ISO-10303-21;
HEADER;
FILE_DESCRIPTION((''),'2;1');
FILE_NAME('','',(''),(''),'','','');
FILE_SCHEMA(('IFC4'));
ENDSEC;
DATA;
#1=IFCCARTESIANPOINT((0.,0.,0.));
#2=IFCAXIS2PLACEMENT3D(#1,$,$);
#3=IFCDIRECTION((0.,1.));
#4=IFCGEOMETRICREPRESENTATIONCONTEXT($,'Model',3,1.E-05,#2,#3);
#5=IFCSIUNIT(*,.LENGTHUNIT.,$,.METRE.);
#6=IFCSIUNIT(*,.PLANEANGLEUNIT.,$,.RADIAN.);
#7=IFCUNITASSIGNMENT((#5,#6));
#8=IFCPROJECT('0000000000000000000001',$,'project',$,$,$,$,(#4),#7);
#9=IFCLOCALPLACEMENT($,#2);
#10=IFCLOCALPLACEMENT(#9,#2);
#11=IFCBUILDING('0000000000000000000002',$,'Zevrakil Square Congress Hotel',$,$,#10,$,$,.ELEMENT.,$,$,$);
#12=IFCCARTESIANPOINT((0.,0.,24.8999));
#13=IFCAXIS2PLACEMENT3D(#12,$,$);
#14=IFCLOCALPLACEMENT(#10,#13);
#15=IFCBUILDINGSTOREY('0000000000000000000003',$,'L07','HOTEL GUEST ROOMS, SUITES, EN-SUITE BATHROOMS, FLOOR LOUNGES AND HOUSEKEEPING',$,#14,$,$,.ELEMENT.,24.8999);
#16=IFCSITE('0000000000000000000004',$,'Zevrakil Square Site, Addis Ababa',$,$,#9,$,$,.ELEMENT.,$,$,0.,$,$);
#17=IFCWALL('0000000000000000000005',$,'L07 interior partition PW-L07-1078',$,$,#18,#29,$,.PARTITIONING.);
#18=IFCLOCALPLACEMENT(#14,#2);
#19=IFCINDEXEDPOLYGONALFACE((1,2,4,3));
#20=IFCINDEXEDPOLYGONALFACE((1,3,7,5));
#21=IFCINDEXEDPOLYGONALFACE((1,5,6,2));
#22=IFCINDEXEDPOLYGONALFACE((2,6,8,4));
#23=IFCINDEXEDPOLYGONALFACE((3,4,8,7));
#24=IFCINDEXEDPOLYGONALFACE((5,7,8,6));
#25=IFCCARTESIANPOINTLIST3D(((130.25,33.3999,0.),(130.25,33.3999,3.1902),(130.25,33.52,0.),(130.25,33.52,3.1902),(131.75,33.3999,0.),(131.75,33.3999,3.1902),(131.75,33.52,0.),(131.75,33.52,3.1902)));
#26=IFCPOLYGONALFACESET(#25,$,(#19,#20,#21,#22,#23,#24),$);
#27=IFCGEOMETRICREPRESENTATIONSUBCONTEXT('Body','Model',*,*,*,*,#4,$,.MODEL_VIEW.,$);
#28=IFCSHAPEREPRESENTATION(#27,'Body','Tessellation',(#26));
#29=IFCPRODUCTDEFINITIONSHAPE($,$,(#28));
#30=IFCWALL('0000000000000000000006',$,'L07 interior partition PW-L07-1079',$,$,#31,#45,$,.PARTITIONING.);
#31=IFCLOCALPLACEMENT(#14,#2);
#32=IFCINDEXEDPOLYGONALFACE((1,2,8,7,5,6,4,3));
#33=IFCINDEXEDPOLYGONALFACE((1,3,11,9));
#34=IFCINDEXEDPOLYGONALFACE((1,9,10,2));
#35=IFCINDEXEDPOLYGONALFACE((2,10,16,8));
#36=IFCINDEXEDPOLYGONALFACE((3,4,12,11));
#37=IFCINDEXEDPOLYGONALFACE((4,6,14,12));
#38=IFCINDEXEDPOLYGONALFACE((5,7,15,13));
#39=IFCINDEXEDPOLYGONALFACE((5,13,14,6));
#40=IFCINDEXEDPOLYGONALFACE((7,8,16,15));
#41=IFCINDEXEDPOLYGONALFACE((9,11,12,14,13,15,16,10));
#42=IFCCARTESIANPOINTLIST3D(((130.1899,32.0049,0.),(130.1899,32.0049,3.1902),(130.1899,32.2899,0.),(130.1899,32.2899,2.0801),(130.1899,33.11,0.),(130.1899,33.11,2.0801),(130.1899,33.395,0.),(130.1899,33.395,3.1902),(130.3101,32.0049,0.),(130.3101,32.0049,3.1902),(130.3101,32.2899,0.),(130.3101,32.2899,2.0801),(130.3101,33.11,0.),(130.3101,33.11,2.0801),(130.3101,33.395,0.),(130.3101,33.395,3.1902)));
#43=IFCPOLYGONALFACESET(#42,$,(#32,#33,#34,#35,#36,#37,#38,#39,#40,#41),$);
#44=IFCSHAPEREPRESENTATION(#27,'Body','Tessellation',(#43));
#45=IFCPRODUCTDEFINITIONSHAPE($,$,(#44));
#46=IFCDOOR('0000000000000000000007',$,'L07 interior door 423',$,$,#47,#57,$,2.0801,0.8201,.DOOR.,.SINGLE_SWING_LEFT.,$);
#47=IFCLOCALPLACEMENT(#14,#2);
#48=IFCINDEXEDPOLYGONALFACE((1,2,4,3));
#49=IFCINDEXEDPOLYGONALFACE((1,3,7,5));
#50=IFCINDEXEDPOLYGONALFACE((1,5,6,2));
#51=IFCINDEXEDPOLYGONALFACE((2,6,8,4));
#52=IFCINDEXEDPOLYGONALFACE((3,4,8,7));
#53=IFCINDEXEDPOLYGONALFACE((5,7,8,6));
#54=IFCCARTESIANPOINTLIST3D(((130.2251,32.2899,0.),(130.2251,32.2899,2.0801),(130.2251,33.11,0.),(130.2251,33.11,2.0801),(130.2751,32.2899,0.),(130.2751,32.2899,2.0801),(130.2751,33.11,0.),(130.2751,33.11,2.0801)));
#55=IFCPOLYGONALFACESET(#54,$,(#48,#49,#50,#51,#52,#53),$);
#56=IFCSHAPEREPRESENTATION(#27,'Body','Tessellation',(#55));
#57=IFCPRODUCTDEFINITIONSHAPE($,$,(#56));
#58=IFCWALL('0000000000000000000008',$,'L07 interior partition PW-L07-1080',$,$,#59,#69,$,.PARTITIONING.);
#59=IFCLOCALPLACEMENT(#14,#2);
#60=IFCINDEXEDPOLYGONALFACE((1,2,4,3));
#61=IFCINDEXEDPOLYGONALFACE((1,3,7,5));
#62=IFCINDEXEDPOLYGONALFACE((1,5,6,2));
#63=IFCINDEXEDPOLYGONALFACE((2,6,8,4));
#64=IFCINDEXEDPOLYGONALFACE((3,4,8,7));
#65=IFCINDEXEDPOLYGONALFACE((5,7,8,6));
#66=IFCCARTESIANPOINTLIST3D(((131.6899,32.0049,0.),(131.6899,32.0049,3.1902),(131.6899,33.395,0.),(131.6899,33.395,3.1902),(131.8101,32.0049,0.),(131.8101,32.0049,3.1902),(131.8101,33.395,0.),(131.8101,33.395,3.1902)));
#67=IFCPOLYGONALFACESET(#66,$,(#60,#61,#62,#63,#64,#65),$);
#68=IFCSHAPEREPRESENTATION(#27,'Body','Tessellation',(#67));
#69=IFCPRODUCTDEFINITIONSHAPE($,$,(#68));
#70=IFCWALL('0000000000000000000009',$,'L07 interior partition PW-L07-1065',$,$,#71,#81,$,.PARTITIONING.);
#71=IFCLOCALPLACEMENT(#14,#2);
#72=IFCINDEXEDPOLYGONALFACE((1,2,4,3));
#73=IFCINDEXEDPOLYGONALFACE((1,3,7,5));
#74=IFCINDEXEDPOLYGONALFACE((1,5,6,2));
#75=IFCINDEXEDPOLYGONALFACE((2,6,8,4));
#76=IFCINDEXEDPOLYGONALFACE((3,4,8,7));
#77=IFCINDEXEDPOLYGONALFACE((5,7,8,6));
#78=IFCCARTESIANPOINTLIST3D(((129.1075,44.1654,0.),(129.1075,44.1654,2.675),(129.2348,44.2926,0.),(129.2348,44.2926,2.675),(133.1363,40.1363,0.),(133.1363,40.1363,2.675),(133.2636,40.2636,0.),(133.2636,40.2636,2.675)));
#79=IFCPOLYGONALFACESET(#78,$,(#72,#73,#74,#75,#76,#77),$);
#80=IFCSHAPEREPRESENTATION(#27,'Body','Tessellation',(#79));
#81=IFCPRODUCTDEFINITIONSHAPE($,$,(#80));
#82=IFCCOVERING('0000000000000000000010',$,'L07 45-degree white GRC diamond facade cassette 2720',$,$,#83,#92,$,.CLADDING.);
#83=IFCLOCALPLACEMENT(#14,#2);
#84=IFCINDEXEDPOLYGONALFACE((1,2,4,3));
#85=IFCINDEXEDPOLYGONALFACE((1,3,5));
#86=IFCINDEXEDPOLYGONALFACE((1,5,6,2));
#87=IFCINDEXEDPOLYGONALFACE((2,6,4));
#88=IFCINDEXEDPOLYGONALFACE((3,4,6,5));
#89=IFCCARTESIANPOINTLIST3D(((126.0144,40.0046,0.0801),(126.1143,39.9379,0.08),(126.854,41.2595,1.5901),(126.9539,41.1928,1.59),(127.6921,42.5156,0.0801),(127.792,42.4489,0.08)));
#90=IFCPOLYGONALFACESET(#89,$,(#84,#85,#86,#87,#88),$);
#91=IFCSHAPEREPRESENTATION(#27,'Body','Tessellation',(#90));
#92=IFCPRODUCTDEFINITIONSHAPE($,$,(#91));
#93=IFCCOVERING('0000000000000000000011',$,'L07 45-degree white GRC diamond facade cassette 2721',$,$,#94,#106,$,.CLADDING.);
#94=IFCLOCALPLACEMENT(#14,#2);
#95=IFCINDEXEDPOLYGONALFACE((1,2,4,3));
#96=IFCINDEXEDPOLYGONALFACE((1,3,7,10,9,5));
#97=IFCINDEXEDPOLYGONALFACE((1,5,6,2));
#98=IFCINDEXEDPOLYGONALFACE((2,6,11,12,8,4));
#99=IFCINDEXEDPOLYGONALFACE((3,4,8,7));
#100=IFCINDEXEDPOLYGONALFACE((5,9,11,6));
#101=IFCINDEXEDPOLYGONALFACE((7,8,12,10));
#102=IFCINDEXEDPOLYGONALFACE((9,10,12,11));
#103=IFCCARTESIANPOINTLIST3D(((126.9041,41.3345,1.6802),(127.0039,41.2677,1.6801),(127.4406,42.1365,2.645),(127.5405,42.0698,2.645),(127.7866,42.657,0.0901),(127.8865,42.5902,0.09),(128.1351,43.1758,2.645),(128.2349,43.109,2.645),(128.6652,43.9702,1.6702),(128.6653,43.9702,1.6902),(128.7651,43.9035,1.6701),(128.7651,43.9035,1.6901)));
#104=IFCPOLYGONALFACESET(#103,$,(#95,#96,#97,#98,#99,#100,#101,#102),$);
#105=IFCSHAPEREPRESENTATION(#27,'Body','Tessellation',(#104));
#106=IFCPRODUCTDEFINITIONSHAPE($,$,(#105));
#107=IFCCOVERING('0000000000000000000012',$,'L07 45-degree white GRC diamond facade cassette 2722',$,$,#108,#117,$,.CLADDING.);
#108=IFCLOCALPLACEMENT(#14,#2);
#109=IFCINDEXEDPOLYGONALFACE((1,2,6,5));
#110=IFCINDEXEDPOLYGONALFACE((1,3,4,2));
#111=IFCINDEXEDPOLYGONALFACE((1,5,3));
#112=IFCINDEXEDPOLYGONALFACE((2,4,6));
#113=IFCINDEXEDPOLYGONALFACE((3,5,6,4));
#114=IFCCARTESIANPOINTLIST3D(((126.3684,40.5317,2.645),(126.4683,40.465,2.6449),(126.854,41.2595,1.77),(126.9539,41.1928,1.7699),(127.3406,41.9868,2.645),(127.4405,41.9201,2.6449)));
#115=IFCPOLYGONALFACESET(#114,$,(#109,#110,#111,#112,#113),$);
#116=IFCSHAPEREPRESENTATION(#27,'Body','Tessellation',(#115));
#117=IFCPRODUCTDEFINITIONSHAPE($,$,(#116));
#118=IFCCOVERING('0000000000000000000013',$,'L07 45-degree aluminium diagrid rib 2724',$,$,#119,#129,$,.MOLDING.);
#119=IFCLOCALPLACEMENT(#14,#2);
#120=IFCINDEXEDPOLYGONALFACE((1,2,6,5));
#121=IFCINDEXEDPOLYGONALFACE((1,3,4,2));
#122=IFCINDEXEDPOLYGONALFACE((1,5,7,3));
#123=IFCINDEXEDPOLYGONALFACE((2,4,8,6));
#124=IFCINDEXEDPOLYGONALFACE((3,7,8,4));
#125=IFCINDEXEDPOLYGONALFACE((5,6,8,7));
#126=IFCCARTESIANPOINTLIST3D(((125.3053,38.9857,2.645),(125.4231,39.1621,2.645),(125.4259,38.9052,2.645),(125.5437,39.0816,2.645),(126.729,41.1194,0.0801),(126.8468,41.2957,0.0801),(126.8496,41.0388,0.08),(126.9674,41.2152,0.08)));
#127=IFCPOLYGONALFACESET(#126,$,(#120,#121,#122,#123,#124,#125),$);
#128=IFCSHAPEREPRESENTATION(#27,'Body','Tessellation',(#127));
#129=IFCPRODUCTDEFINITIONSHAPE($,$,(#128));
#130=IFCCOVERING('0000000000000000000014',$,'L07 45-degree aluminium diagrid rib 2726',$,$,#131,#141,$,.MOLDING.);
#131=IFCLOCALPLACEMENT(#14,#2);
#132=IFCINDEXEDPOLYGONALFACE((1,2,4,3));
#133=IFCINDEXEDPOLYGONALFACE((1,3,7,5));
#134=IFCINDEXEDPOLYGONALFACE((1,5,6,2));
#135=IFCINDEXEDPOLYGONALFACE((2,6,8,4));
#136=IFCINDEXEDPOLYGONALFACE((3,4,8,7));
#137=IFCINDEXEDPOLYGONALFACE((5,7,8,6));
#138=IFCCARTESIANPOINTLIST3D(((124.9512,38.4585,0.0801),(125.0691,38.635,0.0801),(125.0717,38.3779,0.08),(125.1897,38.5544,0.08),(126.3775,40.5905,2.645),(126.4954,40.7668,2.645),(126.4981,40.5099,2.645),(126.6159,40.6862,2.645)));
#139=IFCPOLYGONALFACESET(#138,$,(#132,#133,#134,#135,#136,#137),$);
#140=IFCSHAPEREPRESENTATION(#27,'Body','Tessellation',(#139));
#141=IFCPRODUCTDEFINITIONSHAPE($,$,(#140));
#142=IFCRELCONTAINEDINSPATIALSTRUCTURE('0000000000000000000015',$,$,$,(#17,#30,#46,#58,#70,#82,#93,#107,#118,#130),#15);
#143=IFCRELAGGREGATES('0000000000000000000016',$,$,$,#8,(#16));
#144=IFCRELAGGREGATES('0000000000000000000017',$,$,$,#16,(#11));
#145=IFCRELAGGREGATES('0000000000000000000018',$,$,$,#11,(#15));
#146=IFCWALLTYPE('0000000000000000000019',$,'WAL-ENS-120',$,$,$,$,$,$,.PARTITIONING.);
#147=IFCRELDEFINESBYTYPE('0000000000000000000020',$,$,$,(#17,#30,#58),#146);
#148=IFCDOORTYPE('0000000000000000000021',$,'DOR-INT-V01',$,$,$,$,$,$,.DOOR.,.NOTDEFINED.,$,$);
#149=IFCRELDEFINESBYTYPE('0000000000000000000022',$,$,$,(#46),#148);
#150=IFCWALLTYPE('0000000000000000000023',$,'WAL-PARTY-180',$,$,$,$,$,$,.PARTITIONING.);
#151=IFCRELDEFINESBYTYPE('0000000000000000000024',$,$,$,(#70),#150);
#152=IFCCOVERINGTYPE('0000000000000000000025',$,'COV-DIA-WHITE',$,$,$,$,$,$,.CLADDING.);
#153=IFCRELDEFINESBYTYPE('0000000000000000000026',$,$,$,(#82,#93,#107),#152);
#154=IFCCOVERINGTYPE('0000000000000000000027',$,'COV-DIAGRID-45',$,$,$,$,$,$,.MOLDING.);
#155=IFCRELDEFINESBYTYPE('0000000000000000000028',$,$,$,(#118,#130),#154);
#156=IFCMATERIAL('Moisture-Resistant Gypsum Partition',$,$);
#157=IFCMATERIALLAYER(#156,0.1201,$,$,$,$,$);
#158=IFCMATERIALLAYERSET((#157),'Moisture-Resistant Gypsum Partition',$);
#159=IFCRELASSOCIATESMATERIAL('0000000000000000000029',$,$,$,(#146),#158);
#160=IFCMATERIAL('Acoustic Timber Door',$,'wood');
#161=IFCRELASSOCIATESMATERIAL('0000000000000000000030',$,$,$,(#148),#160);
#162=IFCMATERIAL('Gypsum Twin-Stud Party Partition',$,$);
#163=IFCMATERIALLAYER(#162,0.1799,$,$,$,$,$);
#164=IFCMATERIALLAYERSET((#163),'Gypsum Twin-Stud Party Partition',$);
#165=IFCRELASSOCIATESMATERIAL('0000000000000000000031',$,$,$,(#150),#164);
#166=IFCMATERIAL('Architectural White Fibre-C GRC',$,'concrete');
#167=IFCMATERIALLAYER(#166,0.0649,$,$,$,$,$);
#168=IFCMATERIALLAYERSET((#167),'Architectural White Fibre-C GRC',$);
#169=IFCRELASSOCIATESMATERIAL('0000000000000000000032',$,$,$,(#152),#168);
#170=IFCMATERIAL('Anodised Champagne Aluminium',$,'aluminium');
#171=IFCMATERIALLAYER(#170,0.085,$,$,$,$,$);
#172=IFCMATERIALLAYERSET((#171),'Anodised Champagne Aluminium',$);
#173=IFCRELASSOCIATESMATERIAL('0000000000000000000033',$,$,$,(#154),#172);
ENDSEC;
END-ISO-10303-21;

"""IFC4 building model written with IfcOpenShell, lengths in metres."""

from ifc_helpers import new_model, si_unit, direction, frame, frame_2d, origin, place, context, subcontext, project, spatial, polyline, rectangle, outline, extrude, material, layer, layer_set, type_object, element, fill, save


model = new_model("IFC4")

# Units and contexts
model_context = context("Model", 3, precision=1e-05, world=origin(), true_north=direction((0.0, 1.0)))
body_context = subcontext(model_context, "Body", "Model", "MODEL_VIEW")
ifc_project = project(units=[si_unit("LENGTHUNIT", "METRE"), si_unit("PLANEANGLEUNIT", "RADIAN")], contexts=[model_context])

# Site, building, storey
site_placement = place(None, origin())
site = spatial("IfcSite", under=ifc_project, at=site_placement, Name="Zevrakil Square Site, Addis Ababa", CompositionType="ELEMENT", RefElevation=0.0)
building_placement = place(site_placement, origin())
building = spatial("IfcBuilding", under=site, at=building_placement, Name="Zevrakil Square Congress Hotel", CompositionType="ELEMENT")
storey_placement = place(building_placement, frame((0.0, 0.0, 24.8999)))
storey = spatial("IfcBuildingStorey", under=building, at=storey_placement, Name="L07", Description="HOTEL GUEST ROOMS, SUITES, EN-SUITE BATHROOMS, FLOOR LOUNGES AND HOUSEKEEPING", CompositionType="ELEMENT", Elevation=24.8999)

# Shared definitions
ifc_material_1 = material(Name="Moisture-Resistant Gypsum Partition")
ifc_layer_1 = layer(ifc_material_1, 0.1201)
ifc_layer_set_1 = layer_set([ifc_layer_1], Name="Moisture-Resistant Gypsum Partition")
wall_type_1 = type_object("IfcWallType", Name="WAL-ENS-120", PredefinedType="PARTITIONING", material=ifc_layer_set_1)

# Shared definitions
ifc_material_2 = material(Name="Acoustic Timber Door", Category="wood")
door_type_1 = type_object("IfcDoorType", Name="DOR-INT-V01", OperationType="NOTDEFINED", PredefinedType="DOOR", material=ifc_material_2)

# Wall
for number, where, z_axis, x_axis, name in (
    (1, (130.25, 33.46, 0.0), (0.0, 0.0, 1.0), (1.0, 0.0, 0.0), "L07 interior partition PW-L07-1078"),
):
    element("IfcWall", number, at=place(storey_placement, frame(where, z_axis=z_axis, x_axis=x_axis)), inside=storey, type_object=wall_type_1, Name=name, PredefinedType="PARTITIONING", context=body_context, shape_type="SweptSolid", body=[
        extrude(rectangle(XDim=1.5, YDim=0.1201, at=frame_2d((0.75, 0.0))), origin(), (0.0, 0.0, 1.0), 3.1902),
    ])

# Wall, opening, door
wall_1_placement = place(storey_placement, frame((130.25, 32.0049, 0.0), z_axis=(0.0, 0.0, 1.0), x_axis=(0.0, 1.0, 0.0)))
wall_1 = element("IfcWall", 2, at=wall_1_placement, inside=storey, type_object=wall_type_1, Name="L07 interior partition PW-L07-1079", PredefinedType="PARTITIONING", context=body_context, shape_type="SweptSolid", body=[
    extrude(rectangle(XDim=1.3901, YDim=0.1201, at=frame_2d((0.6951, 0.0))), origin(), (0.0, 0.0, 1.0), 3.1902),
])
opening_1_placement = place(wall_1_placement, frame((0.2849, 0.0, 0.0)))
opening_1 = element("IfcOpeningElement", 3, at=opening_1_placement, cuts=wall_1, PredefinedType="OPENING", context=body_context, shape_type="SweptSolid", body=[
    extrude(rectangle(XDim=0.8201, YDim=2.0801, at=frame_2d((0.4102, 1.04))), frame((0.0, 0.0701, 0.0), z_axis=(0.0, -1.0, 0.0), x_axis=(1.0, 0.0, 0.0)), (0.0, 0.0, 1.0), 0.1401),
])
door_1_placement = place(opening_1_placement, origin())
door_1 = element("IfcDoor", 4, at=door_1_placement, inside=storey, type_object=door_type_1, Name="L07 interior door 423", OperationType="SINGLE_SWING_LEFT", OverallHeight=2.0801, OverallWidth=0.8201, PredefinedType="DOOR", context=body_context, shape_type="SweptSolid", body=[
    extrude(rectangle(XDim=0.8201, YDim=2.0801, at=frame_2d((0.4102, 1.04))), frame((0.0, 0.0249, 0.0), z_axis=(0.0, -1.0, 0.0), x_axis=(1.0, 0.0, 0.0)), (0.0, 0.0, 1.0), 0.05),
])
fill(opening_1, door_1)

# Walls
wall_2_placement = place(storey_placement, frame((131.75, 32.0049, 0.0), z_axis=(0.0, 0.0, 1.0), x_axis=(0.0, 1.0, 0.0)))
element("IfcWall", 5, at=wall_2_placement, inside=storey, type_object=wall_type_1, Name="L07 interior partition PW-L07-1080", PredefinedType="PARTITIONING", context=body_context, shape_type="SweptSolid", body=[
    extrude(rectangle(XDim=1.3901, YDim=0.1201, at=frame_2d((0.6951, 0.0))), origin(), (0.0, 0.0, 1.0), 3.1902),
])
ifc_material_3 = material(Name="Gypsum Twin-Stud Party Partition")
ifc_layer_2 = layer(ifc_material_3, 0.1799)
ifc_layer_set_2 = layer_set([ifc_layer_2], Name="Gypsum Twin-Stud Party Partition")
wall_type_2 = type_object("IfcWallType", Name="WAL-PARTY-180", PredefinedType="PARTITIONING", material=ifc_layer_set_2)
wall_3_placement = place(storey_placement, frame((133.2, 40.2, 0.0), z_axis=(0.0, 0.0, 1.0), x_axis=(-0.707085, 0.707128, 0.0)))
element("IfcWall", 6, at=wall_3_placement, inside=storey, type_object=wall_type_2, Name="L07 interior partition PW-L07-1065", PredefinedType="PARTITIONING", context=body_context, shape_type="SweptSolid", body=[
    extrude(rectangle(XDim=5.6978, YDim=0.1799, at=frame_2d((2.8489, 0.0))), origin(), (0.0, 0.0, 1.0), 2.675),
])

# Coverings
ifc_material_4 = material(Name="Architectural White Fibre-C GRC", Category="concrete")
ifc_layer_3 = layer(ifc_material_4, 0.0649)
ifc_layer_set_3 = layer_set([ifc_layer_3], Name="Architectural White Fibre-C GRC")
covering_type_1 = type_object("IfcCoveringType", Name="COV-DIA-WHITE", PredefinedType="CLADDING", material=ifc_layer_set_3)
covering_1_placement = place(storey_placement, frame((126.854, 41.2595, 1.5901), z_axis=(-0.831478, 0.555558, 0.000628), x_axis=(-0.393188, -0.587666, -0.707143)))
element("IfcCovering", 7, at=covering_1_placement, inside=storey, type_object=covering_type_1, Name="L07 45-degree white GRC diamond facade cassette 2720", PredefinedType="CLADDING", context=body_context, shape_type="SweptSolid", body=[
    extrude(outline(polyline([(0.0, 0.0), (2.1354, 0.0), (0.0001, -2.1355), (0.0, 0.0)])), origin(), (0.0, 0.0, -1.0), 0.1201),
])
covering_2_placement = place(storey_placement, frame((126.9041, 41.3345, 1.6802), z_axis=(-0.831464, 0.555579, 0.000578), x_axis=(0.392497, 0.588136, -0.707136)))
element("IfcCovering", 8, at=covering_2_placement, inside=storey, type_object=covering_type_1, Name="L07 45-degree white GRC diamond facade cassette 2721", PredefinedType="CLADDING", context=body_context, shape_type="SweptSolid", body=[
    extrude(outline(polyline([(0.0, 0.0), (2.2486, 0.0), (2.2485, -2.2346), (2.2344, -2.2487), (0.8838, -2.2484), (0.0, -1.3646), (0.0, 0.0)])), origin(), (0.0, 0.0, -1.0), 0.1201),
])
covering_3_placement = place(storey_placement, frame((126.854, 41.2595, 1.77), z_axis=(-0.831492, 0.555537, 0.000619), x_axis=(0.393199, 0.587727, 0.707087)))
element("IfcCovering", 9, at=covering_3_placement, inside=storey, type_object=covering_type_1, Name="L07 45-degree white GRC diamond facade cassette 2722", PredefinedType="CLADDING", context=body_context, shape_type="SweptSolid", body=[
    extrude(outline(polyline([(0.0, 0.0), (1.2375, 0.0), (0.0, -1.2374), (0.0, 0.0)])), origin(), (0.0, 0.0, -1.0), 0.1201),
])
ifc_material_5 = material(Name="Anodised Champagne Aluminium", Category="aluminium")
ifc_layer_4 = layer(ifc_material_5, 0.085)
ifc_layer_set_4 = layer_set([ifc_layer_4], Name="Anodised Champagne Aluminium")
covering_type_2 = type_object("IfcCoveringType", Name="COV-DIAGRID-45", PredefinedType="MOLDING", material=ifc_layer_set_4)
covering_4_placement = place(storey_placement, frame((126.729, 41.1194, 0.0801), z_axis=(-0.831607, 0.555364, 0.000389), x_axis=(0.555364, 0.831607, 0.0)))
element("IfcCovering", 10, at=covering_4_placement, inside=storey, type_object=covering_type_2, Name="L07 45-degree aluminium diagrid rib 2724", PredefinedType="MOLDING", context=body_context, shape_type="SweptSolid", body=[
    extrude(outline(polyline([(0.0, 0.0), (0.2121, 0.0), (-2.3529, -2.5649), (-2.5651, -2.5649), (0.0, 0.0)])), origin(), (0.0, 0.0, -1.0), 0.145),
])
covering_5_placement = place(storey_placement, frame((126.4954, 40.7668, 2.645), z_axis=(-0.831341, 0.555762, 0.000334), x_axis=(-0.555762, -0.831342, 0.0)))
element("IfcCovering", 11, at=covering_5_placement, inside=storey, type_object=covering_type_2, Name="L07 45-degree aluminium diagrid rib 2726", PredefinedType="MOLDING", context=body_context, shape_type="SweptSolid", body=[
    extrude(outline(polyline([(0.0, 0.0), (0.2121, 0.0), (2.7772, -2.5649), (2.565, -2.5649), (0.0, 0.0)])), origin(), (0.0, 0.0, -1.0), 0.145),
])

save(model, "model.ifc")
